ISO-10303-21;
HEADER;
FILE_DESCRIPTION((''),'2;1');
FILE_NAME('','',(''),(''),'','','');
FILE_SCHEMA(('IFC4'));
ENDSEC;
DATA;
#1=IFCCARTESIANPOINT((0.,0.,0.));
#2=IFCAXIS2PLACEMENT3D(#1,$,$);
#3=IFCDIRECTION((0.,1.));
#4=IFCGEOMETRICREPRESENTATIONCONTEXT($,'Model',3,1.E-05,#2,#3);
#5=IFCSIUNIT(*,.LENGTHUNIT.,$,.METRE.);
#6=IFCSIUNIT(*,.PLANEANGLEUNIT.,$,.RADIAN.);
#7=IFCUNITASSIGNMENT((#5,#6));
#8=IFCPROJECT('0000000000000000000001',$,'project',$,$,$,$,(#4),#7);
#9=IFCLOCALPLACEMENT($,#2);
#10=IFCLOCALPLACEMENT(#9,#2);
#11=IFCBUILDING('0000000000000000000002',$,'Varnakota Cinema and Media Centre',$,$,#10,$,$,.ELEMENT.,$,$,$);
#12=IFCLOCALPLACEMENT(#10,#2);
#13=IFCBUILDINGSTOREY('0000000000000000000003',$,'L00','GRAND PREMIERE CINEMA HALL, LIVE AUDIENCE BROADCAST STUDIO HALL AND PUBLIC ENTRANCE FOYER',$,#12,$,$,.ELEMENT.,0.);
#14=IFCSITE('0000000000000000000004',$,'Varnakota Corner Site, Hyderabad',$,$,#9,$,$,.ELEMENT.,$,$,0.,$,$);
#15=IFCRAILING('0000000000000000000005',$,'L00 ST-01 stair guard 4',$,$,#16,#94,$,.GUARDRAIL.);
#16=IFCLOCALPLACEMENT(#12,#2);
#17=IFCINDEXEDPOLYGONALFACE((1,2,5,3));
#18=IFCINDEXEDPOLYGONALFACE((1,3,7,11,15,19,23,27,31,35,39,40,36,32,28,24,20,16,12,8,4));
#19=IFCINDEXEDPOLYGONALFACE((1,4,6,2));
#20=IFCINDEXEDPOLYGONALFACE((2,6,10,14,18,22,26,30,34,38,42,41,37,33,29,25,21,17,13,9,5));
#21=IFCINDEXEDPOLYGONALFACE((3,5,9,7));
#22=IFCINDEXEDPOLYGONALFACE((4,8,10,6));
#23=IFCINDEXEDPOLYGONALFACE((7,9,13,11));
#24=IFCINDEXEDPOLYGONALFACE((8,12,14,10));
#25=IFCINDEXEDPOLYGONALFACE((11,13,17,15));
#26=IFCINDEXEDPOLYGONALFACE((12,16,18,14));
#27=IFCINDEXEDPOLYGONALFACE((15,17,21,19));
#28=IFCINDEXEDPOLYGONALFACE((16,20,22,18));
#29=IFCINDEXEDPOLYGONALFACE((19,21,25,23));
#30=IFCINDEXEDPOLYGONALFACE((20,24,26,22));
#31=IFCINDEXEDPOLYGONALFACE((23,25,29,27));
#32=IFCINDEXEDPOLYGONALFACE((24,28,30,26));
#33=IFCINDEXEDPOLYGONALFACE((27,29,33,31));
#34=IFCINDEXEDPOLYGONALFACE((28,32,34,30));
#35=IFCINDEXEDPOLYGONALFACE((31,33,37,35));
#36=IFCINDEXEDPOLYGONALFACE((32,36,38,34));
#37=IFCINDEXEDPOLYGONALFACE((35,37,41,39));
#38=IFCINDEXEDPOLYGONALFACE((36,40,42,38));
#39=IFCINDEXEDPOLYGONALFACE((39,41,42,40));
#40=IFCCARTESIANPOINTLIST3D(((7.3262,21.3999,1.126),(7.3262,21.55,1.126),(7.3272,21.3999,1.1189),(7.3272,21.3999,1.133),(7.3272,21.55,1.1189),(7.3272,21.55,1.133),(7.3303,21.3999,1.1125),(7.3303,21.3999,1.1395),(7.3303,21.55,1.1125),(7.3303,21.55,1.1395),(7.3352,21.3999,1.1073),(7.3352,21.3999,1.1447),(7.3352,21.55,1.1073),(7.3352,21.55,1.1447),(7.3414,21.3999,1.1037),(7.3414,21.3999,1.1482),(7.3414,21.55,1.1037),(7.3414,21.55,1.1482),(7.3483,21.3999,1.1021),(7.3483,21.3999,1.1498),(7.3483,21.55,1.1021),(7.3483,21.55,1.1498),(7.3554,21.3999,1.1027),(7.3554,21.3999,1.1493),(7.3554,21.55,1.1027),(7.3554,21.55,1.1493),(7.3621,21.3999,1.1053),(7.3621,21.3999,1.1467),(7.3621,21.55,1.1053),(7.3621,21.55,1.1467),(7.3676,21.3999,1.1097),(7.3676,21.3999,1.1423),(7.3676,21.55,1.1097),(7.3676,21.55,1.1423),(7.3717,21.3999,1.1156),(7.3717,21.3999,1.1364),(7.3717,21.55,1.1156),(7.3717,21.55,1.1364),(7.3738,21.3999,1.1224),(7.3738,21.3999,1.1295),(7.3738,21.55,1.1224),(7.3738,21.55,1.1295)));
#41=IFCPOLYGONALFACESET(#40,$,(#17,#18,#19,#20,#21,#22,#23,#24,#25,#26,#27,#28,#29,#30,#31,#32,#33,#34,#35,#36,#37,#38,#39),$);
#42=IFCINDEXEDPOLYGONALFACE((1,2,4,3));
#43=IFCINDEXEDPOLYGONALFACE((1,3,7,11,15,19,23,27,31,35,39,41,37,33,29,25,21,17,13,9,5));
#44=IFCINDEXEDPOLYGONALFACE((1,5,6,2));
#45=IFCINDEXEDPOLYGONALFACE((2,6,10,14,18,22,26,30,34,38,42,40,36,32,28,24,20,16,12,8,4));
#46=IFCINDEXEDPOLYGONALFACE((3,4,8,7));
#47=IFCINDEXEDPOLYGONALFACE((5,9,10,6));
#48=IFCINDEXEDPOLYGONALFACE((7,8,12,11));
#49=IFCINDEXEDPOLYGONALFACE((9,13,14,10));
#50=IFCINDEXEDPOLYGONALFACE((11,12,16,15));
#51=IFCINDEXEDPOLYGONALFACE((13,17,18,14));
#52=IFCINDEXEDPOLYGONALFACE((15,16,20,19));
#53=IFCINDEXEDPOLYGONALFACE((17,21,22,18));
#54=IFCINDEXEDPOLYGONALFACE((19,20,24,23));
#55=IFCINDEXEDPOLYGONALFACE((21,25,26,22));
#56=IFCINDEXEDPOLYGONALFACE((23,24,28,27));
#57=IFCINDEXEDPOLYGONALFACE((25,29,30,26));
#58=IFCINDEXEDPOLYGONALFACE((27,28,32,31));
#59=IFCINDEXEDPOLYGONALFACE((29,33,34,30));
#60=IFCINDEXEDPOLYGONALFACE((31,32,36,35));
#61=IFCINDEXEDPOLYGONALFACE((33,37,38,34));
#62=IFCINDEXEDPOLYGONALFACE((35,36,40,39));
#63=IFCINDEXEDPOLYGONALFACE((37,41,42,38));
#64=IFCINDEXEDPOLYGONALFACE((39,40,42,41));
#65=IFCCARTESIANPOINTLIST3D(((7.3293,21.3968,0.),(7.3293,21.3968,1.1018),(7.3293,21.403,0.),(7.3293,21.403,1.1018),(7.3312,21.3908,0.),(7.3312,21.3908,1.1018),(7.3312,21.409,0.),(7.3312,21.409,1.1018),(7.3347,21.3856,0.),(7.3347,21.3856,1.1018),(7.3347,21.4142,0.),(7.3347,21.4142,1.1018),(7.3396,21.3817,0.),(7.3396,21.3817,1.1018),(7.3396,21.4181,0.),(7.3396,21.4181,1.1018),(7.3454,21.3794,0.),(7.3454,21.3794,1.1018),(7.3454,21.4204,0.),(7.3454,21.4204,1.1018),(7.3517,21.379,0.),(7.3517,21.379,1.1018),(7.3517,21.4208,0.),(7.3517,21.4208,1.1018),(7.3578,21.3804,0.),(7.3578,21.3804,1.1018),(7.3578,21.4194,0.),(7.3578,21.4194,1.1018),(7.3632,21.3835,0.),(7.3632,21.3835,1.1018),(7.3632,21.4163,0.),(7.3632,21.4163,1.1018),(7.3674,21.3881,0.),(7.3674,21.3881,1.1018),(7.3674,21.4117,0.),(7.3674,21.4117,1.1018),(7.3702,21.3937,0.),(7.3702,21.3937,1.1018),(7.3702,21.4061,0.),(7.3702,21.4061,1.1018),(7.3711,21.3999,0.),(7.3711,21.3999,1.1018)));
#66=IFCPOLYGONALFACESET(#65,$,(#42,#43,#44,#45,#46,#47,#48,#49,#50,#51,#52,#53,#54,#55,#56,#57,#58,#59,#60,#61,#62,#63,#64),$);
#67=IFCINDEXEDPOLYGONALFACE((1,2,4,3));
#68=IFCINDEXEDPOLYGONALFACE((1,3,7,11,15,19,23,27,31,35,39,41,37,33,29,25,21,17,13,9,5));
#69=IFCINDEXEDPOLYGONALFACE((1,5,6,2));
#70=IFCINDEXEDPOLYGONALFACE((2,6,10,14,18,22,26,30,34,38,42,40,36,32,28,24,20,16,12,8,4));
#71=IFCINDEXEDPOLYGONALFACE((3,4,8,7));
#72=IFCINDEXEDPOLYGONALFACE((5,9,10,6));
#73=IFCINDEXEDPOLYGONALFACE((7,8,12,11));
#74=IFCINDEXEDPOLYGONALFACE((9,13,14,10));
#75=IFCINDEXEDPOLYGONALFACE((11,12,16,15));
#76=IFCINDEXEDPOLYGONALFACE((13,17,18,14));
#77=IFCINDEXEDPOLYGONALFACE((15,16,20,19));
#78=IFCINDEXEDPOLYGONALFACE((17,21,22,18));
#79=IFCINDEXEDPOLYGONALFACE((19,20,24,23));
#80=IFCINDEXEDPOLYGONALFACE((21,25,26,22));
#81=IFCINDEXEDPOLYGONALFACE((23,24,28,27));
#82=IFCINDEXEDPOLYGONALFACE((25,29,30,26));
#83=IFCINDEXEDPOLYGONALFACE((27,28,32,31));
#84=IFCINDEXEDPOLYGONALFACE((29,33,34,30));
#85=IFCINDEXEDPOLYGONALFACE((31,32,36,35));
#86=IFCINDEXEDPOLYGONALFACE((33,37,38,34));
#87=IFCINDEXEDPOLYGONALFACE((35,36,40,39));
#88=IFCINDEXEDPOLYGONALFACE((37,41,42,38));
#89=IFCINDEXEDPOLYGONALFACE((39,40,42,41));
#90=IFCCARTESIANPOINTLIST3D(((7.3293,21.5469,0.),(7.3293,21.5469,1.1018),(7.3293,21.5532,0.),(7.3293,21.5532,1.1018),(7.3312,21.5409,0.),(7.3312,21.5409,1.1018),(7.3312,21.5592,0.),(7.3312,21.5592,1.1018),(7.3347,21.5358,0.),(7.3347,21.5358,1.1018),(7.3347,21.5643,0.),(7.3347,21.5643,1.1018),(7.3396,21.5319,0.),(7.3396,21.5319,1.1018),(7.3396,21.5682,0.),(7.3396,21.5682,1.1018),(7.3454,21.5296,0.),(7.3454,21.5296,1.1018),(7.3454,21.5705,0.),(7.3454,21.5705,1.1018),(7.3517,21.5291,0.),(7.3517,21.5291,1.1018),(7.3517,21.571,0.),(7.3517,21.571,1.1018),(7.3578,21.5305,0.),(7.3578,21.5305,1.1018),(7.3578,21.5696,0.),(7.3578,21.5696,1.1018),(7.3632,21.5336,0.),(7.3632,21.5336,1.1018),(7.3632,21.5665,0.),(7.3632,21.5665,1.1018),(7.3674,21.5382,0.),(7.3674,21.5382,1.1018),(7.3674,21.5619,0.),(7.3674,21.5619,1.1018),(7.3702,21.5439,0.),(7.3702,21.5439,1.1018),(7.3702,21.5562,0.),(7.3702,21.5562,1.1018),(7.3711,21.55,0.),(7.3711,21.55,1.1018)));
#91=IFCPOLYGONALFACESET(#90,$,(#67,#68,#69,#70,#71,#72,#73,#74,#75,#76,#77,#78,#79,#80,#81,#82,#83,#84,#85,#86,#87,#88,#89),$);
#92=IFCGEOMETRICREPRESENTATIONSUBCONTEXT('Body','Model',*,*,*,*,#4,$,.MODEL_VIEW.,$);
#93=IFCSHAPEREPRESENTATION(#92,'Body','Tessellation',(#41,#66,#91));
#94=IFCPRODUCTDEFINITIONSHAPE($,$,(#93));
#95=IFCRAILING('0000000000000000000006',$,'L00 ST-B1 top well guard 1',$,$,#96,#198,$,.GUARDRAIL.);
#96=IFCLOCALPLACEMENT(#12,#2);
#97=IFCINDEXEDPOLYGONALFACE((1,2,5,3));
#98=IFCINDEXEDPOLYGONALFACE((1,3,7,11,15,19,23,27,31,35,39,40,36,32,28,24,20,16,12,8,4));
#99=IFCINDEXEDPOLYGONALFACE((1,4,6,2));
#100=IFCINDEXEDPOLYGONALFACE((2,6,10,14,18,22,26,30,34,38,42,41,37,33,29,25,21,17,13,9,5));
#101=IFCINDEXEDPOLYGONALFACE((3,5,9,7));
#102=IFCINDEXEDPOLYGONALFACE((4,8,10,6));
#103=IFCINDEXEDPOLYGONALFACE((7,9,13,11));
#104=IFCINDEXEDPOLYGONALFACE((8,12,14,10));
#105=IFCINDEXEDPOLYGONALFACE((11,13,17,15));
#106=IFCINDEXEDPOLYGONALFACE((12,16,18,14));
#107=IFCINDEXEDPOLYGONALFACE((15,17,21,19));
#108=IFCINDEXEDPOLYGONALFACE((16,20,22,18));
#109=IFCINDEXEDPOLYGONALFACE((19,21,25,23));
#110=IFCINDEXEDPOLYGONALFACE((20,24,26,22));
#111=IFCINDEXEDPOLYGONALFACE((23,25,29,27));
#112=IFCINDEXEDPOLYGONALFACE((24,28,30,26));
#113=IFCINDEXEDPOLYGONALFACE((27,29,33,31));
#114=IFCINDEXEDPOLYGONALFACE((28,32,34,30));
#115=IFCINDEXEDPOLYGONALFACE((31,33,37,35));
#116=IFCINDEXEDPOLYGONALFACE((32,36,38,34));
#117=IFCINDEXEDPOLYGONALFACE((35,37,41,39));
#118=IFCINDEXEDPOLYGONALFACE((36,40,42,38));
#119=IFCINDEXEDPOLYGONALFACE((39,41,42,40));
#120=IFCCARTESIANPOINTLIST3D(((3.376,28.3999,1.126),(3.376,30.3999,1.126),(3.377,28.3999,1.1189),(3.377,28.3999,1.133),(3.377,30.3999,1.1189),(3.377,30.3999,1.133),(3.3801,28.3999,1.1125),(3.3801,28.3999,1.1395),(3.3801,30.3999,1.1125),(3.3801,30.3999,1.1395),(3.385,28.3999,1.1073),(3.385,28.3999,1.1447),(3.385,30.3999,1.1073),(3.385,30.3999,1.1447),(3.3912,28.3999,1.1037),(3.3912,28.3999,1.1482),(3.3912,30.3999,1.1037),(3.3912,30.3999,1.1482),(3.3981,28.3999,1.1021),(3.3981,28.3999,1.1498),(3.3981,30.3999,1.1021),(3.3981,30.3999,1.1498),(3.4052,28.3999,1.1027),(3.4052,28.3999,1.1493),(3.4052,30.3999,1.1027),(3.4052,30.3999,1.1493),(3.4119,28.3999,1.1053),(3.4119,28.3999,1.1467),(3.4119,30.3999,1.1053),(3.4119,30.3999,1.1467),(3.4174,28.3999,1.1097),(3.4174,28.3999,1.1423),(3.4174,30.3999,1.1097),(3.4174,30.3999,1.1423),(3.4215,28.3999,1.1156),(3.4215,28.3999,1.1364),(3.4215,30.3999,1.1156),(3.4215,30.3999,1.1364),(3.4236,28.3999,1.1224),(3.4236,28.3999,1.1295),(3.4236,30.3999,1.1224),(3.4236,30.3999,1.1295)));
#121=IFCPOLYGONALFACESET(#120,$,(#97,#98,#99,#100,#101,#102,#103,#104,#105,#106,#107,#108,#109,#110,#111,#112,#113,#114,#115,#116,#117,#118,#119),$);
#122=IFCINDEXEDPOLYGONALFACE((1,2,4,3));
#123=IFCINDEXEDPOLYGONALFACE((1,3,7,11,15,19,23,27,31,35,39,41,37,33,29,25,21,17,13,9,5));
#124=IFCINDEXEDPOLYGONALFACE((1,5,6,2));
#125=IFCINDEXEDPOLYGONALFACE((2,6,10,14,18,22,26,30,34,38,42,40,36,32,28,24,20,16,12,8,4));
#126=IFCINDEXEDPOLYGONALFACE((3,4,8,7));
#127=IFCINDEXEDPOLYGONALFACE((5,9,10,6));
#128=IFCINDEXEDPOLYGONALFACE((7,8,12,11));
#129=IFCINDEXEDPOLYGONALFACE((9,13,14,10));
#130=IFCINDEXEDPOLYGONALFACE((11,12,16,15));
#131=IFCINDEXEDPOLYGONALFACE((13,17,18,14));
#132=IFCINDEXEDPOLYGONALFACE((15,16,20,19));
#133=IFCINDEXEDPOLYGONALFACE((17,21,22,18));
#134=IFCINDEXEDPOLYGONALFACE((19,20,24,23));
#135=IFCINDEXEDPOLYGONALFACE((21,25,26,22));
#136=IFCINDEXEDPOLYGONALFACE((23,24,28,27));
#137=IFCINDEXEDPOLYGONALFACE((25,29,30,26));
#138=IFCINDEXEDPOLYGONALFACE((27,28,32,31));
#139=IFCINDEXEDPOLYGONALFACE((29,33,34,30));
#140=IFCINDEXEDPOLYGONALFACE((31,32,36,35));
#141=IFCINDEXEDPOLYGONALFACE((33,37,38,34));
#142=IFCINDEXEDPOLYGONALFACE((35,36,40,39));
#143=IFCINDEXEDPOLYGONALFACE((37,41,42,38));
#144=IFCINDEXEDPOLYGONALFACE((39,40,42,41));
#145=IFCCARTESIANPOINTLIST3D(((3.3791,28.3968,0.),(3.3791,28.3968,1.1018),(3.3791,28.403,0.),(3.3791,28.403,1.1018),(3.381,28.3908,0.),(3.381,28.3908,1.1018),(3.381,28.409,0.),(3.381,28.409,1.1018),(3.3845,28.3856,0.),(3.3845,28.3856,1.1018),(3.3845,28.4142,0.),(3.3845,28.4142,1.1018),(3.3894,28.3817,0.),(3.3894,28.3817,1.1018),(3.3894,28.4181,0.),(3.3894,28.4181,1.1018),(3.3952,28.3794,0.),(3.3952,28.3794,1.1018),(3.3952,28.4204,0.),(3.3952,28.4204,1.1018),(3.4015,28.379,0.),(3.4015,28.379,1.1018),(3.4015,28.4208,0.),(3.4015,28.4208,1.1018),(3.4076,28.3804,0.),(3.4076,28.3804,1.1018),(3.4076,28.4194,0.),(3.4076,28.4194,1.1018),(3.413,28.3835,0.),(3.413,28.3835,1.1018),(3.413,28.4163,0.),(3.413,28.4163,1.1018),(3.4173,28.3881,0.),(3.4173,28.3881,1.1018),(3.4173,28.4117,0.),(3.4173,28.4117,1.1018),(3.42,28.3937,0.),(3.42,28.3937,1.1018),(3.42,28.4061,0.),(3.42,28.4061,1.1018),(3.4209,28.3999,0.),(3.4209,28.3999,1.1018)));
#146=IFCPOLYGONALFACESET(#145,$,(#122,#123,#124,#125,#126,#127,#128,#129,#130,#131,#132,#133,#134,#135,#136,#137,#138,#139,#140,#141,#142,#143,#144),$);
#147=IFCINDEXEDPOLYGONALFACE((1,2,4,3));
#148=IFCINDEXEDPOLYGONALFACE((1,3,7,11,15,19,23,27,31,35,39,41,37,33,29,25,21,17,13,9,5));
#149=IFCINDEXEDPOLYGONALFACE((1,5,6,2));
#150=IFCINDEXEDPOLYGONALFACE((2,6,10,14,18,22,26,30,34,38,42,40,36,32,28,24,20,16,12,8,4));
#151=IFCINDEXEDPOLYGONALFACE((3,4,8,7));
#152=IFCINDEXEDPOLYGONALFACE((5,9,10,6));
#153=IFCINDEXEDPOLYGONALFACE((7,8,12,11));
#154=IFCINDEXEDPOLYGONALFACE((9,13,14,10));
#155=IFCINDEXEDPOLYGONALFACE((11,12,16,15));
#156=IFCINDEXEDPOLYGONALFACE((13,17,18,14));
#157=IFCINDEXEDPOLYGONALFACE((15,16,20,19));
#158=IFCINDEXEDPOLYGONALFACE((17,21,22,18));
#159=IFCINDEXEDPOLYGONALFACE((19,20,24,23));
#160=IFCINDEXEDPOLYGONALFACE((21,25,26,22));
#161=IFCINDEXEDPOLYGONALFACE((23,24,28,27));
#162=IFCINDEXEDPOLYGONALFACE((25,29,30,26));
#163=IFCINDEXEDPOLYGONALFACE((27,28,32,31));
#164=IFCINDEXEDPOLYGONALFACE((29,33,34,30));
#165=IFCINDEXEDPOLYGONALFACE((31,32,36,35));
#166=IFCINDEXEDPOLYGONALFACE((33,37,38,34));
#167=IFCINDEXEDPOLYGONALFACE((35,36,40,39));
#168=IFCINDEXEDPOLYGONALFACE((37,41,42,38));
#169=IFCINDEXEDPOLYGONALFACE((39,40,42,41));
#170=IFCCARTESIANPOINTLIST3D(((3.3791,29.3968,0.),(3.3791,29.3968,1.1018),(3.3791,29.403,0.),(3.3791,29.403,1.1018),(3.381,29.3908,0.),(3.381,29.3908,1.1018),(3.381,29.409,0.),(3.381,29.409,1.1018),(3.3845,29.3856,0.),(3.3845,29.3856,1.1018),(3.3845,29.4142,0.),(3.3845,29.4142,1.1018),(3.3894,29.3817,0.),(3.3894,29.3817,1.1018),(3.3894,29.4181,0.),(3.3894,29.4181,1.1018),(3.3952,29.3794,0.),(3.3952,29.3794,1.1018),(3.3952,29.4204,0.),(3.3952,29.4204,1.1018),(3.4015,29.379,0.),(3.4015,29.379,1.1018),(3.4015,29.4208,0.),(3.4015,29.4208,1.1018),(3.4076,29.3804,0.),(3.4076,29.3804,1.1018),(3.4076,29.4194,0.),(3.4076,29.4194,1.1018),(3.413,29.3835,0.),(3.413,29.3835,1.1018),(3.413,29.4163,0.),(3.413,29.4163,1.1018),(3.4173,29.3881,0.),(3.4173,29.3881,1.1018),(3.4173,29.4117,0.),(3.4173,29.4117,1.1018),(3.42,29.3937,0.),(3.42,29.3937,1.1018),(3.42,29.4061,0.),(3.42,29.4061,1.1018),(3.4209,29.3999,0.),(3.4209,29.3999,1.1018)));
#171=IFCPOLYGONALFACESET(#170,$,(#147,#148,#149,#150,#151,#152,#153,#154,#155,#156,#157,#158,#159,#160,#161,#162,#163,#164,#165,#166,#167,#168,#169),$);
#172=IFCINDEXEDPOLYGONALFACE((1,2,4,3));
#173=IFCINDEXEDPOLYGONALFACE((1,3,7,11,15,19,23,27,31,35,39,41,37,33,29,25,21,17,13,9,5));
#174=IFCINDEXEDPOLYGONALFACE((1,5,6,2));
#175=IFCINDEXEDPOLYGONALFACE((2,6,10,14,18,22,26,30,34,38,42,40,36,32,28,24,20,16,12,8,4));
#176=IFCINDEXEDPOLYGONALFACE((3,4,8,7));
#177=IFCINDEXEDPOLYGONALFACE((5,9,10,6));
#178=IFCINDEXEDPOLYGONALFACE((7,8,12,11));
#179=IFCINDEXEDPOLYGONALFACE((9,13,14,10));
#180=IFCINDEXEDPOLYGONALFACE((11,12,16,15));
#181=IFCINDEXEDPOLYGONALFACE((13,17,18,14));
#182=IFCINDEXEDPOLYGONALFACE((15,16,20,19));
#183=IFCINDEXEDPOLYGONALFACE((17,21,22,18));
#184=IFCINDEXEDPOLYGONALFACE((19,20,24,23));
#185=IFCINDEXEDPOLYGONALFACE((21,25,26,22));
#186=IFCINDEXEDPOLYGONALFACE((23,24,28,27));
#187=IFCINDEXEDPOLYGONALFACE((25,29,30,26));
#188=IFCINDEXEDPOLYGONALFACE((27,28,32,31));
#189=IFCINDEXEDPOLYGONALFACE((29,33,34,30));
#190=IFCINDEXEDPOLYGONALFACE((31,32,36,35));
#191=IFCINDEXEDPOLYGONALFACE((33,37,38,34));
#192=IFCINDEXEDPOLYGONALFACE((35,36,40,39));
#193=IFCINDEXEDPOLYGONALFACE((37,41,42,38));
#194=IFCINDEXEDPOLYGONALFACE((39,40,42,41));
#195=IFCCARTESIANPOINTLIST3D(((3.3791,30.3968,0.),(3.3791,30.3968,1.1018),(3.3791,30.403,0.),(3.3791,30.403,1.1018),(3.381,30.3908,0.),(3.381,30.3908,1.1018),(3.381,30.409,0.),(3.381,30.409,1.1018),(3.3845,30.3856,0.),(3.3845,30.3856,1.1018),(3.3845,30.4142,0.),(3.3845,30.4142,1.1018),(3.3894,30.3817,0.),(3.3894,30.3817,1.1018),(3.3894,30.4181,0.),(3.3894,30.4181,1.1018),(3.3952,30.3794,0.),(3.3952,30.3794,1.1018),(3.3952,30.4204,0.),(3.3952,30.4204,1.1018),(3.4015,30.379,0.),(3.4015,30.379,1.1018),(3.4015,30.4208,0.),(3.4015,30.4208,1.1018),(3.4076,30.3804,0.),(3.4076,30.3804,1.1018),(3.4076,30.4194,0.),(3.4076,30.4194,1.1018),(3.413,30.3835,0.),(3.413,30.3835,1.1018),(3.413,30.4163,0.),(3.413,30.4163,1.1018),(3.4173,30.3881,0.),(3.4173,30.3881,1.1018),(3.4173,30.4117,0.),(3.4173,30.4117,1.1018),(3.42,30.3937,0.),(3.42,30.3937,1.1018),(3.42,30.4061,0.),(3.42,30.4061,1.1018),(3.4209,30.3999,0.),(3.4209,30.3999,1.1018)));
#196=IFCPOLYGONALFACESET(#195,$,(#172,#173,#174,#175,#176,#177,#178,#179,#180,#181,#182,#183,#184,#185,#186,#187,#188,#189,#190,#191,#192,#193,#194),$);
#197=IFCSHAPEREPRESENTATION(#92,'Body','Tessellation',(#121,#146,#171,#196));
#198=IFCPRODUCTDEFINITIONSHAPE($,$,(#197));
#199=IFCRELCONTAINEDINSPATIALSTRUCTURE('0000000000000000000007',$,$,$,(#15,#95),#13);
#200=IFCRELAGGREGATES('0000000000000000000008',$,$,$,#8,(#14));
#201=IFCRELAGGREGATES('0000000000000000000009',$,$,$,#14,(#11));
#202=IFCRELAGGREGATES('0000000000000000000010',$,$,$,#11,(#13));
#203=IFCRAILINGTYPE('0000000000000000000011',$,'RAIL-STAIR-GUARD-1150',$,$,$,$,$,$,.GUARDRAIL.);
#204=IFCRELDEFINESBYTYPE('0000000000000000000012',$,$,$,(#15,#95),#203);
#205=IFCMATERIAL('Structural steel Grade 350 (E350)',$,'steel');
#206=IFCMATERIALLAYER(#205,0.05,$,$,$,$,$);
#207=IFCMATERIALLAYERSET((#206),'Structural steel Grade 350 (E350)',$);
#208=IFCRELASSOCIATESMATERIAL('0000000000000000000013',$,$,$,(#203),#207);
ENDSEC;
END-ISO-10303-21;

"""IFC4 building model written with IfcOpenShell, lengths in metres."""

from ifc_helpers import new_model, si_unit, direction, frame, origin, origin_2d, place, context, subcontext, project, spatial, circle, extrude, material, layer, layer_set, type_object, element, save


model = new_model("IFC4")

# Units and contexts
model_context = context("Model", 3, precision=1e-05, world=origin(), true_north=direction((0.0, 1.0)))
body_context = subcontext(model_context, "Body", "Model", "MODEL_VIEW")
ifc_project = project(units=[si_unit("LENGTHUNIT", "METRE"), si_unit("PLANEANGLEUNIT", "RADIAN")], contexts=[model_context])

# Site, building, storey
site_placement = place(None, origin())
site = spatial("IfcSite", under=ifc_project, at=site_placement, Name="Varnakota Corner Site, Hyderabad", CompositionType="ELEMENT", RefElevation=0.0)
building_placement = place(site_placement, origin())
building = spatial("IfcBuilding", under=site, at=building_placement, Name="Varnakota Cinema and Media Centre", CompositionType="ELEMENT")
storey_placement = place(building_placement, origin())
storey = spatial("IfcBuildingStorey", under=building, at=storey_placement, Name="L00", Description="GRAND PREMIERE CINEMA HALL, LIVE AUDIENCE BROADCAST STUDIO HALL AND PUBLIC ENTRANCE FOYER", CompositionType="ELEMENT", Elevation=0.0)

# Railings
ifc_material_1 = material(Name="Structural steel Grade 350 (E350)", Category="steel")
ifc_layer_1 = layer(ifc_material_1, 0.05)
ifc_layer_set_1 = layer_set([ifc_layer_1], Name="Structural steel Grade 350 (E350)")
railing_type_1 = type_object("IfcRailingType", Name="RAIL-STAIR-GUARD-1150", PredefinedType="GUARDRAIL", material=ifc_layer_set_1)
railing_1_placement = place(storey_placement, frame((7.3501, 21.3999, 0.0)))
element("IfcRailing", 1, at=railing_1_placement, inside=storey, type_object=railing_type_1, Name="L00 ST-01 stair guard 4", PredefinedType="GUARDRAIL", context=body_context, shape_type="SweptSolid", body=[
    extrude(circle(Radius=0.0239, at=origin_2d()), frame((0.0, 0.0, 1.126), z_axis=(0.0, 1.0, 0.0), x_axis=(-1.0, 0.0, 0.0)), (0.0, 0.0, 1.0), 0.1501),
    extrude(circle(Radius=0.021, at=origin_2d()), origin(), (0.0, 0.0, 1.0), 1.1018),
    extrude(circle(Radius=0.021, at=origin_2d()), frame((0.0, 0.1501, 0.0)), (0.0, 0.0, 1.0), 1.1018),
])
railing_2_placement = place(storey_placement, frame((3.3999, 28.3999, 0.0)))
element("IfcRailing", 2, at=railing_2_placement, inside=storey, type_object=railing_type_1, Name="L00 ST-B1 top well guard 1", PredefinedType="GUARDRAIL", context=body_context, shape_type="SweptSolid", body=[
    extrude(circle(Radius=0.0239, at=origin_2d()), frame((0.0, 0.0, 1.126), z_axis=(0.0, 1.0, 0.0), x_axis=(-1.0, 0.0, 0.0)), (0.0, 0.0, 1.0), 2.0),
    extrude(circle(Radius=0.021, at=origin_2d()), origin(), (0.0, 0.0, 1.0), 1.1018),
    extrude(circle(Radius=0.021, at=origin_2d()), frame((0.0, 1.0, 0.0)), (0.0, 0.0, 1.0), 1.1018),
    extrude(circle(Radius=0.021, at=origin_2d()), frame((0.0, 2.0, 0.0)), (0.0, 0.0, 1.0), 1.1018),
])

save(model, "model.ifc")
